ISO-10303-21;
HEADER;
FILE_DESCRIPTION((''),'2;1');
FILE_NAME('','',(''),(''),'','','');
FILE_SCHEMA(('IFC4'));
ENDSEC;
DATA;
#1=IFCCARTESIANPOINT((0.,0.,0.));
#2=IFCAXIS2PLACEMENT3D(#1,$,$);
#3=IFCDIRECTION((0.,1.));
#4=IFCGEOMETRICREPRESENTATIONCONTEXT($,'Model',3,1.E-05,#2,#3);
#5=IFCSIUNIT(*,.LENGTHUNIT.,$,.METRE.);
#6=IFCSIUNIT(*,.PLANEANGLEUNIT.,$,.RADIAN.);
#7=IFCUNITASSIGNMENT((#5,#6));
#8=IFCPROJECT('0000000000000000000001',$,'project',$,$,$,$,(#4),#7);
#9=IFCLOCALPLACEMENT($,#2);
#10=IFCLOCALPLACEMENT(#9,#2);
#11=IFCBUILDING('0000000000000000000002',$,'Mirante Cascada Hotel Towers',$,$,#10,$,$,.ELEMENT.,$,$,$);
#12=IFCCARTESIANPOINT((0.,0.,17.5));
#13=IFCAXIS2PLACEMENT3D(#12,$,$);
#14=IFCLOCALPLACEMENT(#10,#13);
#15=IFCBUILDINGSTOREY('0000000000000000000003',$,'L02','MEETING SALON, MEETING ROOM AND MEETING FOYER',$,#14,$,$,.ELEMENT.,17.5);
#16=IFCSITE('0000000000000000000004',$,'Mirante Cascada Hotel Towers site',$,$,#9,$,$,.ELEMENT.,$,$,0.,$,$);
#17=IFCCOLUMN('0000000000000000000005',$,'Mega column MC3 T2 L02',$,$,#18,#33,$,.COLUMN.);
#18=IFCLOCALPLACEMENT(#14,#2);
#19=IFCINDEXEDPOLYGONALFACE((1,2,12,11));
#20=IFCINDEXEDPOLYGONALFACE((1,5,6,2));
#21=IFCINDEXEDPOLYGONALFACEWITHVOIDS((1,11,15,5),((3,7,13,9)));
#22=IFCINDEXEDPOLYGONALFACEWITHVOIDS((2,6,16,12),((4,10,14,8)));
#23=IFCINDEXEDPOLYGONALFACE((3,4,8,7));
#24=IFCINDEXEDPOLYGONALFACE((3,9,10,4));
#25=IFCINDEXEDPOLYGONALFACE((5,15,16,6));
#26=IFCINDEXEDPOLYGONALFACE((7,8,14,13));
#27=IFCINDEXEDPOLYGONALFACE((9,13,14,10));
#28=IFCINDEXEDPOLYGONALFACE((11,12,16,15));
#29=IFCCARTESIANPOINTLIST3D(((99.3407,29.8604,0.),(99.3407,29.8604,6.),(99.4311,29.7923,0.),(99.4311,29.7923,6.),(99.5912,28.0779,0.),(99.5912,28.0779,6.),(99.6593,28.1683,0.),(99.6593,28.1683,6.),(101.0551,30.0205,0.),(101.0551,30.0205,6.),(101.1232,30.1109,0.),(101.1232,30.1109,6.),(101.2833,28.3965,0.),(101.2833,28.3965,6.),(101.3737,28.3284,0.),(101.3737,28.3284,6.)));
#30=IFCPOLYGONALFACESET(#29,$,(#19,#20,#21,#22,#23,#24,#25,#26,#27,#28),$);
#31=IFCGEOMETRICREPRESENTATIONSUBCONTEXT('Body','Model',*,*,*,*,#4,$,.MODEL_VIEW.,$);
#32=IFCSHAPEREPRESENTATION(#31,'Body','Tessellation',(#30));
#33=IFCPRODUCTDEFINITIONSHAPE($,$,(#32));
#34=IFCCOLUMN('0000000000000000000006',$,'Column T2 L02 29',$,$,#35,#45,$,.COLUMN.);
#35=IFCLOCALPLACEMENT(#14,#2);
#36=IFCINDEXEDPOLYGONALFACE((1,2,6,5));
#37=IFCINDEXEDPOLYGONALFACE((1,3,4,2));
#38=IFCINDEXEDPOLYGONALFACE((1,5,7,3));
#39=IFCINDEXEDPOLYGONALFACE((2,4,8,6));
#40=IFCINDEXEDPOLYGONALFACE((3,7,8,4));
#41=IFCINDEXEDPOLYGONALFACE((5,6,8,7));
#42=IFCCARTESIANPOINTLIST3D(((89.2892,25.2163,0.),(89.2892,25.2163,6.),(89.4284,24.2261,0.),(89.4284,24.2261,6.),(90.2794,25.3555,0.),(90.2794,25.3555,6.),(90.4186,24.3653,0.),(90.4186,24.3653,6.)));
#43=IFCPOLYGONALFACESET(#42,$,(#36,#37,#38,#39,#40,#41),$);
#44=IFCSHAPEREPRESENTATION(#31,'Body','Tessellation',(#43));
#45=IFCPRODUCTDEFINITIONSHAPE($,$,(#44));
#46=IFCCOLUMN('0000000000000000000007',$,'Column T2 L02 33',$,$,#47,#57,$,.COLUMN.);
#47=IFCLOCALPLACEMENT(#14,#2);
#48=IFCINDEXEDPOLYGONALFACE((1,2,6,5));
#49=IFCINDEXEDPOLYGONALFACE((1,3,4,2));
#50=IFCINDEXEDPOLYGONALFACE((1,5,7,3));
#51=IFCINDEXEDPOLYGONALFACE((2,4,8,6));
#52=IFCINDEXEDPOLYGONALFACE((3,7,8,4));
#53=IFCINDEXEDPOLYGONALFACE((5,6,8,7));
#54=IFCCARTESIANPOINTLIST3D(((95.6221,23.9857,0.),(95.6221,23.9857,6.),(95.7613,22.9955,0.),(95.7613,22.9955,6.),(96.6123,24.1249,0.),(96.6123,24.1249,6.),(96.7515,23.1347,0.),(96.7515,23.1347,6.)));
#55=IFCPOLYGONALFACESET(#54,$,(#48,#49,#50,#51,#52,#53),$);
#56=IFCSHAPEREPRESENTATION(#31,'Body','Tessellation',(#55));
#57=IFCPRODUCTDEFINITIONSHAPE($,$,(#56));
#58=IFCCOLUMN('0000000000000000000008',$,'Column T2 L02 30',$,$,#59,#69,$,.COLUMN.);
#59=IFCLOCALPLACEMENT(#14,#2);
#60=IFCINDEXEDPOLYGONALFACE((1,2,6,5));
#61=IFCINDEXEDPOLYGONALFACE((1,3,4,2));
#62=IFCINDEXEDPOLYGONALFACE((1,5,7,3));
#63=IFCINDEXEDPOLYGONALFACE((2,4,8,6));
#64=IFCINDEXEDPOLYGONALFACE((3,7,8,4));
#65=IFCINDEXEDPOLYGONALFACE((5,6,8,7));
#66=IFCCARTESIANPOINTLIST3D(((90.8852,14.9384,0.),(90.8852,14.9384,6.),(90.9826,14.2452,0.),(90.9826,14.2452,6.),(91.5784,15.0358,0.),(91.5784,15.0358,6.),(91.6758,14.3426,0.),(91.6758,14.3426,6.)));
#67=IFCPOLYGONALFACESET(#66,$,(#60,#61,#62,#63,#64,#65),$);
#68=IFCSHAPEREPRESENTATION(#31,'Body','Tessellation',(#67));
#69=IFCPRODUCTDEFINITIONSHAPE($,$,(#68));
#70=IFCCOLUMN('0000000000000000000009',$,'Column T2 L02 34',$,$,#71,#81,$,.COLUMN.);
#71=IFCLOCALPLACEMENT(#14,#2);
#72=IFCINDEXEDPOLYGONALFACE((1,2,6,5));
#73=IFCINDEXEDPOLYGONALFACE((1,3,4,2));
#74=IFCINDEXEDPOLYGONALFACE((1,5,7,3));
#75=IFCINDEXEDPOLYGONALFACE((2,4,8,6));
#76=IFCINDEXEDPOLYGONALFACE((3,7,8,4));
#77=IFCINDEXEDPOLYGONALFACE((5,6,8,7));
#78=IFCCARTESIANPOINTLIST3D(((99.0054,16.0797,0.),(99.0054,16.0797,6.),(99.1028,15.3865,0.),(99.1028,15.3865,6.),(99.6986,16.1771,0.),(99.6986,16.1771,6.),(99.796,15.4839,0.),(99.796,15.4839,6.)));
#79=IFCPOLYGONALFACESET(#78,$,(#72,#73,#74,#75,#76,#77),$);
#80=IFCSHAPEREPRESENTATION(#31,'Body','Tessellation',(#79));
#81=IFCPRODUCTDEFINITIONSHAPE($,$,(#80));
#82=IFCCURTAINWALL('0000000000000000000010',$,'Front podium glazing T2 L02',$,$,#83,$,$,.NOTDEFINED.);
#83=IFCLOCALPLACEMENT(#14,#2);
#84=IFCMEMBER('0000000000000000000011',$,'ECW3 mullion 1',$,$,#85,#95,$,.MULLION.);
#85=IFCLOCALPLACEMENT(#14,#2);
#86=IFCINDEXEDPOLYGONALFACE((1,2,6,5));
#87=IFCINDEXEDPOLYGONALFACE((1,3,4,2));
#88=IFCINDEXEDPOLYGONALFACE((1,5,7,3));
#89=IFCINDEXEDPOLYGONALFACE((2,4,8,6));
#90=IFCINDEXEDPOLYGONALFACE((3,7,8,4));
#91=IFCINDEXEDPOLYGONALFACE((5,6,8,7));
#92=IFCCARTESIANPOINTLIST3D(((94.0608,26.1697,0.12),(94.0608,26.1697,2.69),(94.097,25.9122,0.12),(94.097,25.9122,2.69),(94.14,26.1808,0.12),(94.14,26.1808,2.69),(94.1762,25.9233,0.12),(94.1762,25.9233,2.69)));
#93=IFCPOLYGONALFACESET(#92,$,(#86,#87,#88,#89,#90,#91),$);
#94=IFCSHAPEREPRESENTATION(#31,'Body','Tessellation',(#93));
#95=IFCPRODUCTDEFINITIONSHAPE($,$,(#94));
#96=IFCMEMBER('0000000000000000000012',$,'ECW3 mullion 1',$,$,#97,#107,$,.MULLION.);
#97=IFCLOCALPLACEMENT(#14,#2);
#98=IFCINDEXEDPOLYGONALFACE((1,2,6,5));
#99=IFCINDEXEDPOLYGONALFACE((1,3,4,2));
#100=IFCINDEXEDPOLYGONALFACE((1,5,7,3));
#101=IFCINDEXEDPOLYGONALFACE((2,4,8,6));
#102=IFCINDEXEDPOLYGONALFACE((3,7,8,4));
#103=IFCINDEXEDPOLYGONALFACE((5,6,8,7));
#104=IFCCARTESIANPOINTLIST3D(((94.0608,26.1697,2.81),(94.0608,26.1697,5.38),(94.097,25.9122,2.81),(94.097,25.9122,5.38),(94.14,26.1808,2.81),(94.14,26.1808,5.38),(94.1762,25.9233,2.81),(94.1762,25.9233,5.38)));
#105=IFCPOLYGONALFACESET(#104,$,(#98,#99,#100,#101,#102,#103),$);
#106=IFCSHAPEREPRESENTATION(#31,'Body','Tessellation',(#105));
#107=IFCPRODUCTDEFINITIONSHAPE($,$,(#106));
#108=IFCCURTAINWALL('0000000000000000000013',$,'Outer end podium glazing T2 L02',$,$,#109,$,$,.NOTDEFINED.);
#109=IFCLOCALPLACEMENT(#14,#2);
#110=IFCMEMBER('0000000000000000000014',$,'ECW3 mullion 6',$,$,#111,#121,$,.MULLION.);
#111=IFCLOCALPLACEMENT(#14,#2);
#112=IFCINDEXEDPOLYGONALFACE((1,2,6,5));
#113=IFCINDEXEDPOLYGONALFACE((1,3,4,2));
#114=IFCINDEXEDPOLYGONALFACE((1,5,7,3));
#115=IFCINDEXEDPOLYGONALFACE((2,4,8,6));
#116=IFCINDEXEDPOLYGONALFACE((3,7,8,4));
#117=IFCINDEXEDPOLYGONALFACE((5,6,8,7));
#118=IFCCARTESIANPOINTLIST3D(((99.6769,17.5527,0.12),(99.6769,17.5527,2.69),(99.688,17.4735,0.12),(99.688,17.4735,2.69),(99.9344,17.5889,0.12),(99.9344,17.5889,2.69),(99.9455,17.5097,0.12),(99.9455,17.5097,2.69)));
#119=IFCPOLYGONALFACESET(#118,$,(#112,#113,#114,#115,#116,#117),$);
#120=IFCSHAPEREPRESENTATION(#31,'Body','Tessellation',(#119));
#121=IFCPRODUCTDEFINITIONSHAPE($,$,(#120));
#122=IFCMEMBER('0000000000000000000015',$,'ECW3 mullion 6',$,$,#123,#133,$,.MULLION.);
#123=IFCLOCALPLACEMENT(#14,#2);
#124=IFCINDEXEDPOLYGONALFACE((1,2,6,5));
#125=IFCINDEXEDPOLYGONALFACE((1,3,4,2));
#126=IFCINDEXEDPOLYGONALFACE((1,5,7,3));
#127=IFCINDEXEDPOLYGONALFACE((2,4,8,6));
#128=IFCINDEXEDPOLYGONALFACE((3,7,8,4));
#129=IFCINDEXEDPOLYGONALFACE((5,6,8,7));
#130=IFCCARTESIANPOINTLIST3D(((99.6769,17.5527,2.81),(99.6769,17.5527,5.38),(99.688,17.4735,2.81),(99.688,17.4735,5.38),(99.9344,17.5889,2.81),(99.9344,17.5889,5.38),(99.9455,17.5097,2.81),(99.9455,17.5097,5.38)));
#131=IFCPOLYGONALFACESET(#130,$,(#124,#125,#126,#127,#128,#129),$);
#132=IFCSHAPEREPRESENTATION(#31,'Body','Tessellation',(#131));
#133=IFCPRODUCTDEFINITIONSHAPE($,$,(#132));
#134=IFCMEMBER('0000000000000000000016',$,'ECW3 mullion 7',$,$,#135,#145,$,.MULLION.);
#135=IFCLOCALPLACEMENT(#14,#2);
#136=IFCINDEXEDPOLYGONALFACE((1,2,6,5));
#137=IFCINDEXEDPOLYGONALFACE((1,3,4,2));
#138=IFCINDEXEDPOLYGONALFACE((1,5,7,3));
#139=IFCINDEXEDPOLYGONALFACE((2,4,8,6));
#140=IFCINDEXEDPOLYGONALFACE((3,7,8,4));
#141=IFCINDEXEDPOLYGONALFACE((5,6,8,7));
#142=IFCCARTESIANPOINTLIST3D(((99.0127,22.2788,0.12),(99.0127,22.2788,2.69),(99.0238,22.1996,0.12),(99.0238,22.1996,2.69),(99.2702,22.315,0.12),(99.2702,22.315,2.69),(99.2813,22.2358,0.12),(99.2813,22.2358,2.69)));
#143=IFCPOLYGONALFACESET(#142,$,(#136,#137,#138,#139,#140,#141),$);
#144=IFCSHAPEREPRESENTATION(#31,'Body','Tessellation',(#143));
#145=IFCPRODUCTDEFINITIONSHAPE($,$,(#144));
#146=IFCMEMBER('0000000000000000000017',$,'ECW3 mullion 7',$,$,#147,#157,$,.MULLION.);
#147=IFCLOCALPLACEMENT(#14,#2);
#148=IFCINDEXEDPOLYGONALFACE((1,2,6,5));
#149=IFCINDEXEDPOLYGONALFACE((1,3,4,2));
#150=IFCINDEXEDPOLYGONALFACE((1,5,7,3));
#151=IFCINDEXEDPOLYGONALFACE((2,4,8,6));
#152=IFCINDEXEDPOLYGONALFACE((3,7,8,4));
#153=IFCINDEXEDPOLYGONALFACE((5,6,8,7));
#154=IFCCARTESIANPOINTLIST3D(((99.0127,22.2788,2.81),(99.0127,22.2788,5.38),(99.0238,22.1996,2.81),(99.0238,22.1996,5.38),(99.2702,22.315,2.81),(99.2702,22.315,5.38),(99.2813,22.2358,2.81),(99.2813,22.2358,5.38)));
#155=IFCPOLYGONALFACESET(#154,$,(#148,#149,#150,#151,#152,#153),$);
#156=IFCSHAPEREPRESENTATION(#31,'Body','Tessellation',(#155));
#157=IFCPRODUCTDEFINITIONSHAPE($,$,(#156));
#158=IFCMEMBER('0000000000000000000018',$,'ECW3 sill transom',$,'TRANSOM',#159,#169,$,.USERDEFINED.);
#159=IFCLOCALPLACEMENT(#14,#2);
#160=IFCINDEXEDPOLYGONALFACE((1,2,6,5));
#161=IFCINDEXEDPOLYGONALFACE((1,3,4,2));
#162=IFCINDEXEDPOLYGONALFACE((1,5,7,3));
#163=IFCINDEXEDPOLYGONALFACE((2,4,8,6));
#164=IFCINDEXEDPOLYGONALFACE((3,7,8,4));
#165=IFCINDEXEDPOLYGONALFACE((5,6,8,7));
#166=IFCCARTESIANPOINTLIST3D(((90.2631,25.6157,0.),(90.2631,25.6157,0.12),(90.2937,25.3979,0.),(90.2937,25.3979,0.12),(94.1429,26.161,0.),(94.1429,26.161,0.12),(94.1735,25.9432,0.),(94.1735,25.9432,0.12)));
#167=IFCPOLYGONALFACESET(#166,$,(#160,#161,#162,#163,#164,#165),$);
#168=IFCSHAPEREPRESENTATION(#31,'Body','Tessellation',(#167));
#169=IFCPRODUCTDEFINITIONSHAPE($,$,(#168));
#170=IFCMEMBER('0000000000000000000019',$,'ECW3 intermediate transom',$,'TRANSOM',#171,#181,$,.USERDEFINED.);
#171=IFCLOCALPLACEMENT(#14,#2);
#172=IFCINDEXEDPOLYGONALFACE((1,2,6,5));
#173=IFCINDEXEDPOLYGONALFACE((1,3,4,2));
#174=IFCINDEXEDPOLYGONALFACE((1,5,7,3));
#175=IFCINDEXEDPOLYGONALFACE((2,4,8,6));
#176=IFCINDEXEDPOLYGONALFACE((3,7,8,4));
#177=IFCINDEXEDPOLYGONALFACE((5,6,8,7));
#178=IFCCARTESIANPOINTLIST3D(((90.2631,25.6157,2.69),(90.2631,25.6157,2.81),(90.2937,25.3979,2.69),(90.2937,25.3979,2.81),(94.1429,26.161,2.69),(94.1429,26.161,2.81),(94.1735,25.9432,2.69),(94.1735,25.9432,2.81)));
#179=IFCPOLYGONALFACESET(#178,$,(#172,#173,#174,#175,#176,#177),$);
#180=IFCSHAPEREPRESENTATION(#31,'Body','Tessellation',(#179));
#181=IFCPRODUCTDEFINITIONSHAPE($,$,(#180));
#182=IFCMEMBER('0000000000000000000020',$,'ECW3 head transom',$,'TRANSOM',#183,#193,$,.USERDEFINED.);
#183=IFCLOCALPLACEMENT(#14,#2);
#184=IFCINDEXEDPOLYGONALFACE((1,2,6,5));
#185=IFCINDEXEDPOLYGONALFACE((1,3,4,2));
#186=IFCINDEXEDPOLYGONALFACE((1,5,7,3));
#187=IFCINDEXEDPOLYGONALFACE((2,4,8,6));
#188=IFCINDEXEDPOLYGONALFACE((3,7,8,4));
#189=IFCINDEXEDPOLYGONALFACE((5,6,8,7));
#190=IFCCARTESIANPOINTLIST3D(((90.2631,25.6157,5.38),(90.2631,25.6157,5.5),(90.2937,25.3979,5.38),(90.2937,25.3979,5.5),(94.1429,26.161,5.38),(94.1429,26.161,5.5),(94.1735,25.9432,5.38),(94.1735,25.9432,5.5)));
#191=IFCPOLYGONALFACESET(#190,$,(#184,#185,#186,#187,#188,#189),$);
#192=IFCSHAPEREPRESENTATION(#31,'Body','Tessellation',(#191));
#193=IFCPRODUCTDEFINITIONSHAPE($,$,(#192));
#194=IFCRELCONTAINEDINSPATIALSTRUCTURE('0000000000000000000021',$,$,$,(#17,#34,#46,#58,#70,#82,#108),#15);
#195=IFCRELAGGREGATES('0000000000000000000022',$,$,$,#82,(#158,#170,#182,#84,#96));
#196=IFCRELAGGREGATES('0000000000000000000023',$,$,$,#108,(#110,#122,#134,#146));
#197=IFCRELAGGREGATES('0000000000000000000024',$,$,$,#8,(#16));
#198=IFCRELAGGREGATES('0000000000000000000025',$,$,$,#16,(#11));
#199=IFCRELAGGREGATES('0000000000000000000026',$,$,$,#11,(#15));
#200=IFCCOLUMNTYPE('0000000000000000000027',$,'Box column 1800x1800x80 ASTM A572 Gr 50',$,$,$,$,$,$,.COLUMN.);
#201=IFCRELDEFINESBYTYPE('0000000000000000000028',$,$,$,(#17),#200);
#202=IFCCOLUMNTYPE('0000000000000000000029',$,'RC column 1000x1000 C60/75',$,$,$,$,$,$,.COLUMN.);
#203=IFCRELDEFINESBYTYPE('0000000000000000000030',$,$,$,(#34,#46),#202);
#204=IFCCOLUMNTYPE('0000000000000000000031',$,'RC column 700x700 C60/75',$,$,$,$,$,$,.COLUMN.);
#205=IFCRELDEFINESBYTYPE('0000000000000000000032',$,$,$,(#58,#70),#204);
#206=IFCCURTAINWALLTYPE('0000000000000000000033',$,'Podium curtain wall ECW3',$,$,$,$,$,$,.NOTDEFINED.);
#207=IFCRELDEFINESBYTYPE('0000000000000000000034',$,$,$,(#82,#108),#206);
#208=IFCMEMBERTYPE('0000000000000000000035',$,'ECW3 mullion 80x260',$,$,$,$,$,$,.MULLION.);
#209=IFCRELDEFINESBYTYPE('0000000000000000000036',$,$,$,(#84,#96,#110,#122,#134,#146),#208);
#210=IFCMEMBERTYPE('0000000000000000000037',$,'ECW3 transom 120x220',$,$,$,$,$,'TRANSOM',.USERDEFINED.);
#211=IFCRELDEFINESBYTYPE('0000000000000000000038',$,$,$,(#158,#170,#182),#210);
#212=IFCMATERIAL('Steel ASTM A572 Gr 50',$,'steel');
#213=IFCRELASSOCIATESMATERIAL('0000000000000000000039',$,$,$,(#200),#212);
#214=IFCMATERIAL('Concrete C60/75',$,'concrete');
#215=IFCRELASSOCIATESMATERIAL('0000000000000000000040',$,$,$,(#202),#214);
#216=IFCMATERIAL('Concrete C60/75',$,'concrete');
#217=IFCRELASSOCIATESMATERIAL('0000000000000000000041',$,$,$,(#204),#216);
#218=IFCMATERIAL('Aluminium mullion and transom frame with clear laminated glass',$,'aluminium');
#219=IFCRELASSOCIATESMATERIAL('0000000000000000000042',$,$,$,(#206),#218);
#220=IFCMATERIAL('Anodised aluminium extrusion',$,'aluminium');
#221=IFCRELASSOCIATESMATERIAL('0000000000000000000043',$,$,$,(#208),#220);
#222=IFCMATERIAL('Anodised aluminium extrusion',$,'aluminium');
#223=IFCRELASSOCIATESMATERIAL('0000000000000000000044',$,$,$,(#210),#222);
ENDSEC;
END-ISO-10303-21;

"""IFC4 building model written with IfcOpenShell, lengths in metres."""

from ifc_helpers import new_model, si_unit, direction, frame, origin, origin_2d, place, context, subcontext, project, spatial, rectangle, hollow_rectangle, extrude, material, material_profile, profile_set, type_object, element, aggregate, save


model = new_model("IFC4")

# Units and contexts
model_context = context("Model", 3, precision=1e-05, world=origin(), true_north=direction((0.0, 1.0)))
body_context = subcontext(model_context, "Body", "Model", "MODEL_VIEW")
ifc_project = project(units=[si_unit("LENGTHUNIT", "METRE"), si_unit("PLANEANGLEUNIT", "RADIAN")], contexts=[model_context])

# Site, building, storey
site_placement = place(None, origin())
site = spatial("IfcSite", under=ifc_project, at=site_placement, Name="Mirante Cascada Hotel Towers site", CompositionType="ELEMENT", RefElevation=0.0)
building_placement = place(site_placement, origin())
building = spatial("IfcBuilding", under=site, at=building_placement, Name="Mirante Cascada Hotel Towers", CompositionType="ELEMENT")
storey_placement = place(building_placement, frame((0.0, 0.0, 17.5)))
storey = spatial("IfcBuildingStorey", under=building, at=storey_placement, Name="L02", Description="MEETING SALON, MEETING ROOM AND MEETING FOYER", CompositionType="ELEMENT", Elevation=17.5)

# Columns
ifc_material_1 = material(Name="Steel ASTM A572 Gr 50", Category="steel")
ifc_material_profile_1 = material_profile(ifc_material_1, hollow_rectangle(XDim=1.8, YDim=1.8, WallThickness=0.08, at=origin_2d()), Name="Box column 1800x1800x80 ASTM A572 Gr 50")
ifc_profile_set_1 = profile_set([ifc_material_profile_1], Name="Steel ASTM A572 Gr 50")
column_type_1 = type_object("IfcColumnType", Name="Box column 1800x1800x80 ASTM A572 Gr 50", PredefinedType="COLUMN", material=ifc_profile_set_1)
column_placement = place(storey_placement, frame((100.3572, 29.0944, 0.0), z_axis=(0.0, 0.0, 1.0), x_axis=(0.990268, 0.139173, 0.0)))
element("IfcColumn", 1, at=column_placement, inside=storey, type_object=column_type_1, Name="Mega column MC3 T2 L02", PredefinedType="COLUMN", context=body_context, shape_type="SweptSolid", body=[
    extrude(hollow_rectangle(XDim=1.8, YDim=1.8, WallThickness=0.08, at=origin_2d()), origin(), (0.0, 0.0, 1.0), 6.0),
])
ifc_material_2 = material(Name="Concrete C60/75", Category="concrete")
ifc_material_profile_2 = material_profile(ifc_material_2, rectangle(XDim=1.0, YDim=1.0, at=origin_2d()), Name="RC column 1000x1000 C60/75")
ifc_profile_set_2 = profile_set([ifc_material_profile_2], Name="Concrete C60/75")
column_type_2 = type_object("IfcColumnType", Name="RC column 1000x1000 C60/75", PredefinedType="COLUMN", material=ifc_profile_set_2)
for number, where, z_axis, x_axis, name in (
    (2, (89.8539, 24.7908, 0.0), (0.0, 0.0, 1.0), (0.990268, 0.139173, 0.0), "Column T2 L02 29"),
    (3, (96.1868, 23.5602, 0.0), (0.0, 0.0, 1.0), (0.990268, 0.139173, 0.0), "Column T2 L02 33"),
):
    element("IfcColumn", number, at=place(storey_placement, frame(where, z_axis=z_axis, x_axis=x_axis)), inside=storey, type_object=column_type_2, Name=name, PredefinedType="COLUMN", context=body_context, shape_type="SweptSolid", body=[
        extrude(rectangle(XDim=1.0, YDim=1.0, at=origin_2d()), origin(), (0.0, 0.0, 1.0), 6.0),
    ])
ifc_material_3 = material(Name="Concrete C60/75", Category="concrete")
ifc_material_profile_3 = material_profile(ifc_material_3, rectangle(XDim=0.7, YDim=0.7, at=origin_2d()), Name="RC column 700x700 C60/75")
ifc_profile_set_3 = profile_set([ifc_material_profile_3], Name="Concrete C60/75")
column_type_3 = type_object("IfcColumnType", Name="RC column 700x700 C60/75", PredefinedType="COLUMN", material=ifc_profile_set_3)
for number, where, z_axis, x_axis, name in (
    (4, (91.2805, 14.6405, 0.0), (0.0, 0.0, 1.0), (0.990268, 0.139173, 0.0), "Column T2 L02 30"),
    (5, (99.4007, 15.7818, 0.0), (0.0, 0.0, 1.0), (0.990268, 0.139173, 0.0), "Column T2 L02 34"),
):
    element("IfcColumn", number, at=place(storey_placement, frame(where, z_axis=z_axis, x_axis=x_axis)), inside=storey, type_object=column_type_3, Name=name, PredefinedType="COLUMN", context=body_context, shape_type="SweptSolid", body=[
        extrude(rectangle(XDim=0.7, YDim=0.7, at=origin_2d()), origin(), (0.0, 0.0, 1.0), 6.0),
    ])

# Curtain walls, members
ifc_material_4 = material(Name="Aluminium mullion and transom frame with clear laminated glass", Category="aluminium")
curtain_wall_type = type_object("IfcCurtainWallType", Name="Podium curtain wall ECW3", PredefinedType="NOTDEFINED", material=ifc_material_4)
curtain_wall_1_placement = place(storey_placement, origin())
curtain_wall_1 = element("IfcCurtainWall", 6, at=curtain_wall_1_placement, inside=storey, type_object=curtain_wall_type, Name="Front podium glazing T2 L02", PredefinedType="NOTDEFINED")
ifc_material_5 = material(Name="Anodised aluminium extrusion", Category="aluminium")
ifc_material_profile_4 = material_profile(ifc_material_5, rectangle(XDim=0.26, YDim=0.08, at=origin_2d()), Name="ECW3 MULLION 80x260")
ifc_profile_set_4 = profile_set([ifc_material_profile_4], Name="Anodised aluminium extrusion")
member_type_1 = type_object("IfcMemberType", Name="ECW3 mullion 80x260", PredefinedType="MULLION", material=ifc_profile_set_4)
member_1_placement = place(storey_placement, frame((94.1185, 26.0465, 0.12), z_axis=(0.0, 0.0, 1.0), x_axis=(0.139173, -0.990268, 0.0)))
member_1 = element("IfcMember", 7, at=member_1_placement, type_object=member_type_1, Name="ECW3 mullion 1", PredefinedType="MULLION", context=body_context, shape_type="SweptSolid", body=[
    extrude(rectangle(XDim=0.26, YDim=0.08, at=origin_2d()), origin(), (0.0, 0.0, 1.0), 2.57),
])
member_2_placement = place(storey_placement, frame((94.1185, 26.0465, 2.81), z_axis=(0.0, 0.0, 1.0), x_axis=(0.139173, -0.990268, 0.0)))
member_2 = element("IfcMember", 8, at=member_2_placement, type_object=member_type_1, Name="ECW3 mullion 1", PredefinedType="MULLION", context=body_context, shape_type="SweptSolid", body=[
    extrude(rectangle(XDim=0.26, YDim=0.08, at=origin_2d()), origin(), (0.0, 0.0, 1.0), 2.57),
])
curtain_wall_2_placement = place(storey_placement, origin())
curtain_wall_2 = element("IfcCurtainWall", 9, at=curtain_wall_2_placement, inside=storey, type_object=curtain_wall_type, Name="Outer end podium glazing T2 L02", PredefinedType="NOTDEFINED")
member_3_placement = place(storey_placement, frame((99.8112, 17.5312, 0.12), z_axis=(0.0, 0.0, 1.0), x_axis=(-0.990268, -0.139173, 0.0)))
member_3 = element("IfcMember", 10, at=member_3_placement, type_object=member_type_1, Name="ECW3 mullion 6", PredefinedType="MULLION", context=body_context, shape_type="SweptSolid", body=[
    extrude(rectangle(XDim=0.26, YDim=0.08, at=origin_2d()), origin(), (0.0, 0.0, 1.0), 2.57),
])
member_4_placement = place(storey_placement, frame((99.8112, 17.5312, 2.81), z_axis=(0.0, 0.0, 1.0), x_axis=(-0.990268, -0.139173, 0.0)))
member_4 = element("IfcMember", 11, at=member_4_placement, type_object=member_type_1, Name="ECW3 mullion 6", PredefinedType="MULLION", context=body_context, shape_type="SweptSolid", body=[
    extrude(rectangle(XDim=0.26, YDim=0.08, at=origin_2d()), origin(), (0.0, 0.0, 1.0), 2.57),
])
member_5_placement = place(storey_placement, frame((99.147, 22.2573, 0.12), z_axis=(0.0, 0.0, 1.0), x_axis=(-0.990268, -0.139173, 0.0)))
member_5 = element("IfcMember", 12, at=member_5_placement, type_object=member_type_1, Name="ECW3 mullion 7", PredefinedType="MULLION", context=body_context, shape_type="SweptSolid", body=[
    extrude(rectangle(XDim=0.26, YDim=0.08, at=origin_2d()), origin(), (0.0, 0.0, 1.0), 2.57),
])
member_6_placement = place(storey_placement, frame((99.147, 22.2573, 2.81), z_axis=(0.0, 0.0, 1.0), x_axis=(-0.990268, -0.139173, 0.0)))
member_6 = element("IfcMember", 13, at=member_6_placement, type_object=member_type_1, Name="ECW3 mullion 7", PredefinedType="MULLION", context=body_context, shape_type="SweptSolid", body=[
    extrude(rectangle(XDim=0.26, YDim=0.08, at=origin_2d()), origin(), (0.0, 0.0, 1.0), 2.57),
])

# Members
ifc_material_6 = material(Name="Anodised aluminium extrusion", Category="aluminium")
ifc_material_profile_5 = material_profile(ifc_material_6, rectangle(XDim=0.22, YDim=0.12, at=origin_2d()), Name="ECW3 TRANSOM 120x220")
ifc_profile_set_5 = profile_set([ifc_material_profile_5], Name="Anodised aluminium extrusion")
member_type_2 = type_object("IfcMemberType", Name="ECW3 transom 120x220", ElementType="TRANSOM", PredefinedType="USERDEFINED", material=ifc_profile_set_5)
member_7_placement = place(storey_placement, frame((94.1582, 26.0521, 0.06), z_axis=(-0.990267, -0.139181, 0.0), x_axis=(0.139181, -0.990267, 0.0)))
member_7 = element("IfcMember", 14, at=member_7_placement, type_object=member_type_2, Name="ECW3 sill transom", ObjectType="TRANSOM", PredefinedType="USERDEFINED", context=body_context, shape_type="SweptSolid", body=[
    extrude(rectangle(XDim=0.22, YDim=0.12, at=origin_2d()), origin(), (0.0, 0.0, 1.0), 3.9179),
])
member_8_placement = place(storey_placement, frame((94.1582, 26.0521, 2.75), z_axis=(-0.990267, -0.139181, 0.0), x_axis=(0.139181, -0.990267, 0.0)))
member_8 = element("IfcMember", 15, at=member_8_placement, type_object=member_type_2, Name="ECW3 intermediate transom", ObjectType="TRANSOM", PredefinedType="USERDEFINED", context=body_context, shape_type="SweptSolid", body=[
    extrude(rectangle(XDim=0.22, YDim=0.12, at=origin_2d()), origin(), (0.0, 0.0, 1.0), 3.9179),
])
member_9_placement = place(storey_placement, frame((94.1582, 26.0521, 5.44), z_axis=(-0.990267, -0.139181, 0.0), x_axis=(0.139181, -0.990267, 0.0)))
member_9 = element("IfcMember", 16, at=member_9_placement, type_object=member_type_2, Name="ECW3 head transom", ObjectType="TRANSOM", PredefinedType="USERDEFINED", context=body_context, shape_type="SweptSolid", body=[
    extrude(rectangle(XDim=0.22, YDim=0.12, at=origin_2d()), origin(), (0.0, 0.0, 1.0), 3.9179),
])

aggregate(curtain_wall_1, [member_7, member_8, member_9, member_1, member_2])
aggregate(curtain_wall_2, [member_3, member_4, member_5, member_6])

save(model, "model.ifc")
